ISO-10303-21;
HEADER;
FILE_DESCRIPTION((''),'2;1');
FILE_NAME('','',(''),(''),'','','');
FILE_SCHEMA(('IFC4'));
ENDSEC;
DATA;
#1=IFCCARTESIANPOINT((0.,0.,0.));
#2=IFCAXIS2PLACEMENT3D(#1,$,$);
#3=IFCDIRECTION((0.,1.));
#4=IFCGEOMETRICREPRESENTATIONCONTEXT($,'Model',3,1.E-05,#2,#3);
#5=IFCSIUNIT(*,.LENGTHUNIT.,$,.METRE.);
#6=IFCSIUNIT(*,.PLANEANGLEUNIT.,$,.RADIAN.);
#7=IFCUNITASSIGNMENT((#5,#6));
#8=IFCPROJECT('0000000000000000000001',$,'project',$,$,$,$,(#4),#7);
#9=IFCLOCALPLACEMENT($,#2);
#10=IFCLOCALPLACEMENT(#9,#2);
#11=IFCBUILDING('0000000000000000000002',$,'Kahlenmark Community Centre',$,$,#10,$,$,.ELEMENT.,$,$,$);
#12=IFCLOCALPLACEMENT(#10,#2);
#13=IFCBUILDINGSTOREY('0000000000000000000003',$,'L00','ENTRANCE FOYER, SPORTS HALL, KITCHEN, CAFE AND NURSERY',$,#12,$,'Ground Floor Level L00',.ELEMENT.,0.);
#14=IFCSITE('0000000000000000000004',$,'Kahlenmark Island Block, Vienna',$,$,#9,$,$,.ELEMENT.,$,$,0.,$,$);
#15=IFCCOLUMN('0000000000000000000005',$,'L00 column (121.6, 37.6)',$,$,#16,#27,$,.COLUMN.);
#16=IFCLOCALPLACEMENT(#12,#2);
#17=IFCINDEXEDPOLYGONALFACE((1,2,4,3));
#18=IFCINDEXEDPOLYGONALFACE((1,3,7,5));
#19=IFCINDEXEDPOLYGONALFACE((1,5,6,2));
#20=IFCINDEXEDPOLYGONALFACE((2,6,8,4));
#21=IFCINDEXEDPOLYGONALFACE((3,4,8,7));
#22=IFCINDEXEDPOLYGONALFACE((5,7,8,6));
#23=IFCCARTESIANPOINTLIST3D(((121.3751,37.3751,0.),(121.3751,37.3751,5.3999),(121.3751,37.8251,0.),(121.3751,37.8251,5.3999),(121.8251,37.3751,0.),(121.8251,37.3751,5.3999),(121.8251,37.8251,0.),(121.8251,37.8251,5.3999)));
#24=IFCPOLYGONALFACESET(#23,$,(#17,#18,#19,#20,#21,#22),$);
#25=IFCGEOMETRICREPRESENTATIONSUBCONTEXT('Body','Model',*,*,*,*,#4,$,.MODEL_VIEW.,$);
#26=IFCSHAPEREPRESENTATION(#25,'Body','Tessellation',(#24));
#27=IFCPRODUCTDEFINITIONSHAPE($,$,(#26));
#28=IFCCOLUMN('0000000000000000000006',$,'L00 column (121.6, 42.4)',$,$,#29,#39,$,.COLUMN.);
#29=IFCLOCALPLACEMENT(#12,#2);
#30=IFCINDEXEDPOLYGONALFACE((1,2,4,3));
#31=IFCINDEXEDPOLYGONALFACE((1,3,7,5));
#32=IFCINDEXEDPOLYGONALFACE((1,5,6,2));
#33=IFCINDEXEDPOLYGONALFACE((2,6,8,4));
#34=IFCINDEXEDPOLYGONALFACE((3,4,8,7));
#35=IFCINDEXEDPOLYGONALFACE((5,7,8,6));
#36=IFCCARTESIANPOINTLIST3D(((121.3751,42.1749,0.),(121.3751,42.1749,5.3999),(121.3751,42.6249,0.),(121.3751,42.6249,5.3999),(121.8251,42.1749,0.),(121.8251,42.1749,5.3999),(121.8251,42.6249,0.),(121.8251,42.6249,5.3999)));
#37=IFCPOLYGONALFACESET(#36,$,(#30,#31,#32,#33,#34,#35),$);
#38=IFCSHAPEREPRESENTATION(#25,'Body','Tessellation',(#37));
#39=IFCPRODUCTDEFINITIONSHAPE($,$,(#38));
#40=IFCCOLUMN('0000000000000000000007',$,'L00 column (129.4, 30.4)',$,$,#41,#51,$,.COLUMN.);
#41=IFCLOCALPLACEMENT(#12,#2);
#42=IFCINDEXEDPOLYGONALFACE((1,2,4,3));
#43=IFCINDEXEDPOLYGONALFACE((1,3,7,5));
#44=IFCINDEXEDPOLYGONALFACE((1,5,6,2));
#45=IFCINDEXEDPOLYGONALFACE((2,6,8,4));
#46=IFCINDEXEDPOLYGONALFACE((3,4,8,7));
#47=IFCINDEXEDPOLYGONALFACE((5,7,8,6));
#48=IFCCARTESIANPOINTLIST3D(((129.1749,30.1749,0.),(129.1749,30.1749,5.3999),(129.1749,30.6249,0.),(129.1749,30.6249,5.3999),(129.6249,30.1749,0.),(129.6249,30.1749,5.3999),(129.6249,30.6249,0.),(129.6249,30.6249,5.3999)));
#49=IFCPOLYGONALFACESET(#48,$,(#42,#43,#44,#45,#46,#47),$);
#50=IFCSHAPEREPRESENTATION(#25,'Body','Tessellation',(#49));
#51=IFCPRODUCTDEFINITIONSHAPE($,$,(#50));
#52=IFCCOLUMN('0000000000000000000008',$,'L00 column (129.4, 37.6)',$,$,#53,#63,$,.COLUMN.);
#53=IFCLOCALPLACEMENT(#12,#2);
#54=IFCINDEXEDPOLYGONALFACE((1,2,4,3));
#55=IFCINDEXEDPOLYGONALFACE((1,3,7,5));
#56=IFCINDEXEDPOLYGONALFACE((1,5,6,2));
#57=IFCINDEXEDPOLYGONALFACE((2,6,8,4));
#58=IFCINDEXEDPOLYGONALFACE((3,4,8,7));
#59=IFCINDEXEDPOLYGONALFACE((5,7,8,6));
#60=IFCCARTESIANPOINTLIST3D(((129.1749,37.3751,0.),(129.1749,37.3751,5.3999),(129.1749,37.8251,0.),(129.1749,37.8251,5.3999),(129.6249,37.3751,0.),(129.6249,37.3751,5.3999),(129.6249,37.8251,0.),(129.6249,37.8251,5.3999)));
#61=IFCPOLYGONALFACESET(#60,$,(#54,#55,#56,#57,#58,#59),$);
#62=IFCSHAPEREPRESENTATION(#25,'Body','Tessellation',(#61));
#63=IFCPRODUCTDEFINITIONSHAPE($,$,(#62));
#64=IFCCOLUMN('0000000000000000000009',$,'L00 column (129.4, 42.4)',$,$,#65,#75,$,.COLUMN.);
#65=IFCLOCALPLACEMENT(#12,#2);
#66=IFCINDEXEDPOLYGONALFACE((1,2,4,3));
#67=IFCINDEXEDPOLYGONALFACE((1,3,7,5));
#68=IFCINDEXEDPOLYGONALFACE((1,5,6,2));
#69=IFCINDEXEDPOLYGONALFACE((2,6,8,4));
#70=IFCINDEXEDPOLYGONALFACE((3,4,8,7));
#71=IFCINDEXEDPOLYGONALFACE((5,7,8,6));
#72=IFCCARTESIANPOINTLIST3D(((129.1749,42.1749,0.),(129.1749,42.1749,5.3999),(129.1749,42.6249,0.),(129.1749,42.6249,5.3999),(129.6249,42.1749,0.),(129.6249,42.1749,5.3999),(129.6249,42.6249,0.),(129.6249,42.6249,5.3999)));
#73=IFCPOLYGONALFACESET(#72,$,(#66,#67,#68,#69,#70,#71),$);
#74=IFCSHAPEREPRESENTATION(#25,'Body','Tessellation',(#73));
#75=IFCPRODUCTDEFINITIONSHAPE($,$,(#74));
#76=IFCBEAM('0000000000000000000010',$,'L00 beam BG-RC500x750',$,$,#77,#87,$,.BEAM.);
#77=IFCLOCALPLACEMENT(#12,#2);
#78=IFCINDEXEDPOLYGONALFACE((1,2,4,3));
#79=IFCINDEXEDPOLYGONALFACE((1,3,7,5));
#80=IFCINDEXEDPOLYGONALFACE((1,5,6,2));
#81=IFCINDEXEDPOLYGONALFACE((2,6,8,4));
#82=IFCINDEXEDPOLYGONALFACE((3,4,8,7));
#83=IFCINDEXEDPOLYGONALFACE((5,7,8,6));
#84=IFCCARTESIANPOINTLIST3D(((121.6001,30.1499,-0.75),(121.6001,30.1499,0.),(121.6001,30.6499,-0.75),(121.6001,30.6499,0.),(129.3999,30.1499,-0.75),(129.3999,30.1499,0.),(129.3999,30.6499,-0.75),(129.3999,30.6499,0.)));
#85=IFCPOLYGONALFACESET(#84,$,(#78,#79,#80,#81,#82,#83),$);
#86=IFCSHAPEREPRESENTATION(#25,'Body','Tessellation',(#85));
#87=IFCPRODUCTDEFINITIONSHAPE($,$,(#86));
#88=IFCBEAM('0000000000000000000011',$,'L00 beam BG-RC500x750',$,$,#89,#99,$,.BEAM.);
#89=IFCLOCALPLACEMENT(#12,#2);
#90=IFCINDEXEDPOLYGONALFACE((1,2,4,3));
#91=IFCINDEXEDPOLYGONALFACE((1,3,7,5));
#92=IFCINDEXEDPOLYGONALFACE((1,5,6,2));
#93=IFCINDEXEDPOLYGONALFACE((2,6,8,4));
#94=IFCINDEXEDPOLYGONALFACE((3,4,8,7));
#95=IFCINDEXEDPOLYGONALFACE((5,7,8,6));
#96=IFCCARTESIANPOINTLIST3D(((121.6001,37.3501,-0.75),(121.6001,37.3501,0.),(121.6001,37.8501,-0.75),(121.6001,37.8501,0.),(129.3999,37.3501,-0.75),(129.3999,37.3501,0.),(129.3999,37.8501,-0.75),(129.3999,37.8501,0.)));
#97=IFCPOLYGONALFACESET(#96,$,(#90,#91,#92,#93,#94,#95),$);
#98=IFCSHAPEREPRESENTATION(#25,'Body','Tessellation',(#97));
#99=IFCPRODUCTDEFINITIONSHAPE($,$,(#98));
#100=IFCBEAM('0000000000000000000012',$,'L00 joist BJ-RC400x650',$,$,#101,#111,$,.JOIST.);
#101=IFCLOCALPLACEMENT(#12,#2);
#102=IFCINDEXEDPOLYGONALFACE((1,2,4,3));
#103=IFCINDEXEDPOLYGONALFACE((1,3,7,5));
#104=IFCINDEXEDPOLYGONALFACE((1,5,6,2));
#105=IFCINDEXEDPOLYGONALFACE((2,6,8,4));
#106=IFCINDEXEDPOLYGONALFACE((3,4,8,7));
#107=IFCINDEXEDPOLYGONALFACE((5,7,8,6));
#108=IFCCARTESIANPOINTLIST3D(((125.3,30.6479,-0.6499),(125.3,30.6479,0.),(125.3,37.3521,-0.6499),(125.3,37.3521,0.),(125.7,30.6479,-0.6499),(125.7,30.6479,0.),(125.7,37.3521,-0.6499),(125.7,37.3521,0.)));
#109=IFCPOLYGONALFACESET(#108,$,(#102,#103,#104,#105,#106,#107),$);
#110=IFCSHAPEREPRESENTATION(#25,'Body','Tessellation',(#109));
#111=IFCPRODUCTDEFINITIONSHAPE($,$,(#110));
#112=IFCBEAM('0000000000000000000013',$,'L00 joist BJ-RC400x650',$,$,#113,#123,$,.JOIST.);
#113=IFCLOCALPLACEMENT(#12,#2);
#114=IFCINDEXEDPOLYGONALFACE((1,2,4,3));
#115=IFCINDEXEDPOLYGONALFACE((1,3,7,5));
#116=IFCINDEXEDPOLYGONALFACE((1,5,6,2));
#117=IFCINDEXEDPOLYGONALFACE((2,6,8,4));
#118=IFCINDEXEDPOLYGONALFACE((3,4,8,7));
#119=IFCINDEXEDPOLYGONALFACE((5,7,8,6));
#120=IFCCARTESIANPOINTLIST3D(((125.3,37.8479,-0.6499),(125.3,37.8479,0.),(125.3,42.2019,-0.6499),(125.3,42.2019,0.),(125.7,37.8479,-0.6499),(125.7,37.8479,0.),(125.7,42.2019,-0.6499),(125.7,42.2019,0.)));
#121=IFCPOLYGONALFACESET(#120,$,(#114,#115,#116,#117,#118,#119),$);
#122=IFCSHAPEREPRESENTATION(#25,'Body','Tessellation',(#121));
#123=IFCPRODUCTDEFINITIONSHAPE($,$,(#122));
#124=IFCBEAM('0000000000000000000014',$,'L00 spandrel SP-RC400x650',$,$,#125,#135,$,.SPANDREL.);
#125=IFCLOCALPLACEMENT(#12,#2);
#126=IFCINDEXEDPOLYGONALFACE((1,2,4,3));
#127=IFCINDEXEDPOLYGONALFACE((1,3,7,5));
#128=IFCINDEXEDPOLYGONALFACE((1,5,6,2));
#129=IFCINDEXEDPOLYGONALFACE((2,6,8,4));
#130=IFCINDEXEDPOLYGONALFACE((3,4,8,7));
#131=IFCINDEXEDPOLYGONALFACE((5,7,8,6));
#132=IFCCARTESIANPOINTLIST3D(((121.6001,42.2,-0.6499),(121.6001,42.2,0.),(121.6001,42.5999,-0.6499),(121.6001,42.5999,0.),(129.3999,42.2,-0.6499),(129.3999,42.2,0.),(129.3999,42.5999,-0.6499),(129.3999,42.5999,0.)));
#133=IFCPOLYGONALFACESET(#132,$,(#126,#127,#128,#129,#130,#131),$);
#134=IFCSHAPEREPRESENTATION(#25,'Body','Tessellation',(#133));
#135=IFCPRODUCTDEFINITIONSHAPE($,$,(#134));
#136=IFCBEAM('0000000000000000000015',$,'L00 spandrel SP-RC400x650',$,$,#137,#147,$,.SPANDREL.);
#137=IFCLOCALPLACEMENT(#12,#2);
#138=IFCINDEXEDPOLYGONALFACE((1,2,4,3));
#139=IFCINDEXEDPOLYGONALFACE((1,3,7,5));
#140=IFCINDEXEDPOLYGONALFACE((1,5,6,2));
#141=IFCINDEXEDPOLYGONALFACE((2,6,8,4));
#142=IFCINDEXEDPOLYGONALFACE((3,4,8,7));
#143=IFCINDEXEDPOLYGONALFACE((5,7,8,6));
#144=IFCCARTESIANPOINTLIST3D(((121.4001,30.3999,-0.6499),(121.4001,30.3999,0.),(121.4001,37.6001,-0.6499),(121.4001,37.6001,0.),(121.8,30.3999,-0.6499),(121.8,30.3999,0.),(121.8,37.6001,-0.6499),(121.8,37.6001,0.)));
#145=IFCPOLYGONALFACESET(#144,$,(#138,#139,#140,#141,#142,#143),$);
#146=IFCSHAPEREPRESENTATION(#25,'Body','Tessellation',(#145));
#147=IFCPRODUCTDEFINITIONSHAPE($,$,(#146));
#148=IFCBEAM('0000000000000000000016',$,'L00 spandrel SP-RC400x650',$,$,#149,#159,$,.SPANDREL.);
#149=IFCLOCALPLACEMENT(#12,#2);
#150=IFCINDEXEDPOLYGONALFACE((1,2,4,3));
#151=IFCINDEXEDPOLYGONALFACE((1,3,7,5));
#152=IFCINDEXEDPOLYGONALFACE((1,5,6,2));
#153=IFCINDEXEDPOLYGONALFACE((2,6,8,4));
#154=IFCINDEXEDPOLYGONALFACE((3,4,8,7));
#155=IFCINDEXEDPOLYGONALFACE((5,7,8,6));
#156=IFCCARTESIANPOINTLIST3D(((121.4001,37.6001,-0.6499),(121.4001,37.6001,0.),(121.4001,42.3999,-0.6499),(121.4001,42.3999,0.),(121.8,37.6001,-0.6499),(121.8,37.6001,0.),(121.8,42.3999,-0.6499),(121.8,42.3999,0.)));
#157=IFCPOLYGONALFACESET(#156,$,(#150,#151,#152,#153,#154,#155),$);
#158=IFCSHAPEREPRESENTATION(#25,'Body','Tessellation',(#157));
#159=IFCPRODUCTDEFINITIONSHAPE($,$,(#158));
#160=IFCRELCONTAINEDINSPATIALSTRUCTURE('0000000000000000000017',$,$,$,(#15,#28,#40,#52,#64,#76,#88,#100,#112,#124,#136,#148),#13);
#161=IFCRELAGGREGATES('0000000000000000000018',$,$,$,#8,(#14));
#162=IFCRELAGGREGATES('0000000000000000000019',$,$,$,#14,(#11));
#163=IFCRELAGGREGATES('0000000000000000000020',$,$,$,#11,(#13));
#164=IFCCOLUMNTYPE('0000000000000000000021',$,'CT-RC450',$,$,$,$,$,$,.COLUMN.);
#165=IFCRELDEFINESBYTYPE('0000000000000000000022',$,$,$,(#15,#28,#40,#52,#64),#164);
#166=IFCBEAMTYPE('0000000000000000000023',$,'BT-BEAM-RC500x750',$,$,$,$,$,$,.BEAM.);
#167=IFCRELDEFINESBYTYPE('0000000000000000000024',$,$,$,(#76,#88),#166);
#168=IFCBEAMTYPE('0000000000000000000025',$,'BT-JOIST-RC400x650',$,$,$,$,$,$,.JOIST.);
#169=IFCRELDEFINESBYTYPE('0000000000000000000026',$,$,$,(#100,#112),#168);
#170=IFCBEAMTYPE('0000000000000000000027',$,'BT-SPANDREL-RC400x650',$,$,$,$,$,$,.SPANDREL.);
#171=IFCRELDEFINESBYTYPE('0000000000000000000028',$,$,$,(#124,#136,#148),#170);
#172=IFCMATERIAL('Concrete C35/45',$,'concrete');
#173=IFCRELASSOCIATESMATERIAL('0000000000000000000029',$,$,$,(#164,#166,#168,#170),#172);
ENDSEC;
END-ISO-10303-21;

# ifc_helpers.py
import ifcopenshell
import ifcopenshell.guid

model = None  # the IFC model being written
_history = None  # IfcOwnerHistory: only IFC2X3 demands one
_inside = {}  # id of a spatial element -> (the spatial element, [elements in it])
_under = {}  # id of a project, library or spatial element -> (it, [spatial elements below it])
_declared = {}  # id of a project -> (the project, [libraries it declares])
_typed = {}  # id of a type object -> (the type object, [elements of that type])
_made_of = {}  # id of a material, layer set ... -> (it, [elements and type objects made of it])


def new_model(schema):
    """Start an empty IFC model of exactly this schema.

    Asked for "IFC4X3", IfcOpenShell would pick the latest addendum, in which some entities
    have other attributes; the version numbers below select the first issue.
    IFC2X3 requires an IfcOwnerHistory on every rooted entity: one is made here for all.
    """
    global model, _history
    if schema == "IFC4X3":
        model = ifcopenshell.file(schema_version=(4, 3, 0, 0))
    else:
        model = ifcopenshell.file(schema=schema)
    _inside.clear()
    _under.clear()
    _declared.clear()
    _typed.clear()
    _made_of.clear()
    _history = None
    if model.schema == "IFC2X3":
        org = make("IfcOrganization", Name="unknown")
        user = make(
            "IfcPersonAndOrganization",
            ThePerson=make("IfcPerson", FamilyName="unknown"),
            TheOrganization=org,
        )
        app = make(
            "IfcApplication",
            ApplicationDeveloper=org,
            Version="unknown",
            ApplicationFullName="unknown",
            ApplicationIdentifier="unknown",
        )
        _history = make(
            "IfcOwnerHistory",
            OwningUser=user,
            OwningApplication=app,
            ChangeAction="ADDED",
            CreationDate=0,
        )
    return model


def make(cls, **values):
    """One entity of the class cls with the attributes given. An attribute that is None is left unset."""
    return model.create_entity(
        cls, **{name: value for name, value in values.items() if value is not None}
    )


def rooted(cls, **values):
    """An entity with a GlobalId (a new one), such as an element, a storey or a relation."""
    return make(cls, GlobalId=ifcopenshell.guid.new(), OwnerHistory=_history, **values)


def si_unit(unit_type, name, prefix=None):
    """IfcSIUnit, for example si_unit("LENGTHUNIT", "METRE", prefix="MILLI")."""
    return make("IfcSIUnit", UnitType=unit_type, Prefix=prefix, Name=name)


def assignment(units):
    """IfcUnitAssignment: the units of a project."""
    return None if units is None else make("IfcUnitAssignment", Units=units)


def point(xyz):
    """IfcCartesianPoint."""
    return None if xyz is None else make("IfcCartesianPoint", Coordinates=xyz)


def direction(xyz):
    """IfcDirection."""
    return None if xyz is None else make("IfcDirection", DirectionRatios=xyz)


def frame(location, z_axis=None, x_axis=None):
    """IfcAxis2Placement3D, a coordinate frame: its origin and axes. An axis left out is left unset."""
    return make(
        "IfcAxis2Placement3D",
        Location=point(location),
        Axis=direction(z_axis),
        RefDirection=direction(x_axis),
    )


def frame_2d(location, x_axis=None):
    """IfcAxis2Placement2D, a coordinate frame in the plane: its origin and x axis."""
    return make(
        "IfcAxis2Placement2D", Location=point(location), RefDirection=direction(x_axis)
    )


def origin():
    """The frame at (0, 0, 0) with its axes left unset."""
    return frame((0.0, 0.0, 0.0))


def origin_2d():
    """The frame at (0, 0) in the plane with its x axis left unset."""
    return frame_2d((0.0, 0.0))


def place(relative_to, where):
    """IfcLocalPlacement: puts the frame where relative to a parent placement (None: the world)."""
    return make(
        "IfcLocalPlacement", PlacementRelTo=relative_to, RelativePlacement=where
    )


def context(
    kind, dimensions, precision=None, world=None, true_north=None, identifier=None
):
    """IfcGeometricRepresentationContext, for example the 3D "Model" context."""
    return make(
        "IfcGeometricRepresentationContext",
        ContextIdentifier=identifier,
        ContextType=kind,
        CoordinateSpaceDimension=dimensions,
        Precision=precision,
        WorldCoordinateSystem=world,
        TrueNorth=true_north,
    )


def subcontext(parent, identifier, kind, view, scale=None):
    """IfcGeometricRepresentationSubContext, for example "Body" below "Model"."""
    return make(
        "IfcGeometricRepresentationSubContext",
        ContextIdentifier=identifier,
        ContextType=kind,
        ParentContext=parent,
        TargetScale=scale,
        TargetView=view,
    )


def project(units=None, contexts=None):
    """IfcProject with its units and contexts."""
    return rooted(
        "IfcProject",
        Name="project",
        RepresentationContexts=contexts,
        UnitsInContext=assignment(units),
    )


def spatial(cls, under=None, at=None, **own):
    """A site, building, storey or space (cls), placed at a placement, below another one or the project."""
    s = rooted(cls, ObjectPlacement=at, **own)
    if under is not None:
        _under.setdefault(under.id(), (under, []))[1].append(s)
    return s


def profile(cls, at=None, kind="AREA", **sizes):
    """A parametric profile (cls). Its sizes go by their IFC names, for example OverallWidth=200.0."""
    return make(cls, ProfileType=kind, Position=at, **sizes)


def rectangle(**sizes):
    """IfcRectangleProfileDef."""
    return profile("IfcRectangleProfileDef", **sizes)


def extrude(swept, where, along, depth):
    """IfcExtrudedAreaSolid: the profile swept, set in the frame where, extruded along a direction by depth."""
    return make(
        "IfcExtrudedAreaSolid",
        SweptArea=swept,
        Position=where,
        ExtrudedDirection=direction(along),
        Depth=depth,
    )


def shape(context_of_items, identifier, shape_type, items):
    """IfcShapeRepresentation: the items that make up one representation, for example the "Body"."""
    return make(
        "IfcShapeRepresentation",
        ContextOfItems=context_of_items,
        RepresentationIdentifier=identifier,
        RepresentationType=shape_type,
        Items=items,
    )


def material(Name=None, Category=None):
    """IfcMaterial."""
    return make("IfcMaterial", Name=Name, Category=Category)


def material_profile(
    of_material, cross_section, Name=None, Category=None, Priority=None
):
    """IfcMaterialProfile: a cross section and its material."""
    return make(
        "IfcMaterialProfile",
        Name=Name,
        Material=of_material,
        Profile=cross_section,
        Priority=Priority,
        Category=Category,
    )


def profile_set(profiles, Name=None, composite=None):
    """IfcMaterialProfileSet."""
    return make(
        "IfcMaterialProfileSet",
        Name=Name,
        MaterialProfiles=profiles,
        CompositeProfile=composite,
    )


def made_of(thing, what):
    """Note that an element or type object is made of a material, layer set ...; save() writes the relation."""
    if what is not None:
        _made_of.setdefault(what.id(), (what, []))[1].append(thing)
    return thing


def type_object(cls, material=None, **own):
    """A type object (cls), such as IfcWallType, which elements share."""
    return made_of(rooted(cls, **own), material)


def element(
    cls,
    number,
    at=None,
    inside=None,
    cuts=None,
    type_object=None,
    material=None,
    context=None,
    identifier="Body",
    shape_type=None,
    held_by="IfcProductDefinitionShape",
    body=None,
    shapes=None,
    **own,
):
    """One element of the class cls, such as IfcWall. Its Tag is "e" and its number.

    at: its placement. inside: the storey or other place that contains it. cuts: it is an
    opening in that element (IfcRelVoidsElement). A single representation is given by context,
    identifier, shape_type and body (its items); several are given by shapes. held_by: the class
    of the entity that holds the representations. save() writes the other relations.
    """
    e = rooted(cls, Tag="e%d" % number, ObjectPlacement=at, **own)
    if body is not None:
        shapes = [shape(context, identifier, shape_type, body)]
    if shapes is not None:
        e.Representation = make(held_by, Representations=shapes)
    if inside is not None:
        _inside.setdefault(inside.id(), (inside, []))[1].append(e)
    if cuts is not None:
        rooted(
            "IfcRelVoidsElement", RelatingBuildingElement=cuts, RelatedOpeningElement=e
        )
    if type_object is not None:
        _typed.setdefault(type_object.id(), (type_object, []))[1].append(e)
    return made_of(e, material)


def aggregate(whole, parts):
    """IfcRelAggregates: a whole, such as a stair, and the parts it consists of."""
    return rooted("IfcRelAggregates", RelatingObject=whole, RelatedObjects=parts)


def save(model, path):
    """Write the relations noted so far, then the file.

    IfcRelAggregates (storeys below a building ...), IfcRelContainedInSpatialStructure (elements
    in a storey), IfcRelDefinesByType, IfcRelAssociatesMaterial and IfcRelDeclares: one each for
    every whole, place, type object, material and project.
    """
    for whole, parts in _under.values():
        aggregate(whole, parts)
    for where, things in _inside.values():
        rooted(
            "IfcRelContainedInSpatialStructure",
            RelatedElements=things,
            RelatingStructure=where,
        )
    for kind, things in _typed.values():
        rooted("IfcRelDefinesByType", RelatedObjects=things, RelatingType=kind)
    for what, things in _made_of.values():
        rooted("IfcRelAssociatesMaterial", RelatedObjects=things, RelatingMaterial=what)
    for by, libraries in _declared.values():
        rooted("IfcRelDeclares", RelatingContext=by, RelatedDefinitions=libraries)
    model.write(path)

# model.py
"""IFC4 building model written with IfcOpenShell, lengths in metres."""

from ifc_helpers import new_model, si_unit, direction, frame, origin, origin_2d, place, context, subcontext, project, spatial, rectangle, extrude, material, material_profile, profile_set, type_object, element, save


model = new_model("IFC4")

# Units and contexts
model_context = context("Model", 3, precision=1e-05, world=origin(), true_north=direction((0.0, 1.0)))
body_context = subcontext(model_context, "Body", "Model", "MODEL_VIEW")
ifc_project = project(units=[si_unit("LENGTHUNIT", "METRE"), si_unit("PLANEANGLEUNIT", "RADIAN")], contexts=[model_context])

# Site, building, storey
site_placement = place(None, origin())
site = spatial("IfcSite", under=ifc_project, at=site_placement, Name="Kahlenmark Island Block, Vienna", CompositionType="ELEMENT", RefElevation=0.0)
building_placement = place(site_placement, origin())
building = spatial("IfcBuilding", under=site, at=building_placement, Name="Kahlenmark Community Centre", CompositionType="ELEMENT")
storey_placement = place(building_placement, origin())
storey = spatial("IfcBuildingStorey", under=building, at=storey_placement, Name="L00", Description="ENTRANCE FOYER, SPORTS HALL, KITCHEN, CAFE AND NURSERY", LongName="Ground Floor Level L00", CompositionType="ELEMENT", Elevation=0.0)

# Columns
ifc_material_1 = material(Name="Concrete C35/45", Category="concrete")
ifc_material_profile_1 = material_profile(ifc_material_1, rectangle(XDim=0.45, YDim=0.45, at=origin_2d()), Name="RC 450x450")
ifc_profile_set_1 = profile_set([ifc_material_profile_1], Name="Concrete C35/45")
column_type = type_object("IfcColumnType", Name="CT-RC450", PredefinedType="COLUMN", material=ifc_profile_set_1)
for number, where, z_axis, x_axis, name in (
    (1, (121.6001, 37.6001, 0.0), (0.0, 0.0, 1.0), (1.0, 0.0, 0.0), "L00 column (121.6, 37.6)"),
    (2, (121.6001, 42.3999, 0.0), (0.0, 0.0, 1.0), (1.0, 0.0, 0.0), "L00 column (121.6, 42.4)"),
    (3, (129.3999, 30.3999, 0.0), (0.0, 0.0, 1.0), (1.0, 0.0, 0.0), "L00 column (129.4, 30.4)"),
    (4, (129.3999, 37.6001, 0.0), (0.0, 0.0, 1.0), (1.0, 0.0, 0.0), "L00 column (129.4, 37.6)"),
    (5, (129.3999, 42.3999, 0.0), (0.0, 0.0, 1.0), (1.0, 0.0, 0.0), "L00 column (129.4, 42.4)"),
):
    element("IfcColumn", number, at=place(storey_placement, frame(where, z_axis=z_axis, x_axis=x_axis)), inside=storey, type_object=column_type, Name=name, PredefinedType="COLUMN", context=body_context, shape_type="SweptSolid", body=[
        extrude(rectangle(XDim=0.45, YDim=0.45, at=origin_2d()), origin(), (0.0, 0.0, 1.0), 5.3999),
    ])

# Beams
ifc_material_profile_2 = material_profile(ifc_material_1, rectangle(XDim=0.5, YDim=0.75, at=origin_2d()), Name="RC 500x750")
ifc_profile_set_2 = profile_set([ifc_material_profile_2], Name="Concrete C35/45")
beam_type_1 = type_object("IfcBeamType", Name="BT-BEAM-RC500x750", PredefinedType="BEAM", material=ifc_profile_set_2)
for number, where, z_axis, x_axis, name in (
    (6, (121.6001, 30.3999, -0.375), (1.0, 0.0, 0.0), (0.0, 1.0, 0.0), "L00 beam BG-RC500x750"),
    (7, (121.6001, 37.6001, -0.375), (1.0, 0.0, 0.0), (0.0, 1.0, 0.0), "L00 beam BG-RC500x750"),
):
    element("IfcBeam", number, at=place(storey_placement, frame(where, z_axis=z_axis, x_axis=x_axis)), inside=storey, type_object=beam_type_1, Name=name, PredefinedType="BEAM", context=body_context, shape_type="SweptSolid", body=[
        extrude(rectangle(XDim=0.5, YDim=0.75, at=origin_2d()), origin(), (0.0, 0.0, 1.0), 7.7998),
    ])
ifc_material_profile_3 = material_profile(ifc_material_1, rectangle(XDim=0.3999, YDim=0.6499, at=origin_2d()), Name="RC 400x650")
ifc_profile_set_3 = profile_set([ifc_material_profile_3], Name="Concrete C35/45")
beam_type_2 = type_object("IfcBeamType", Name="BT-JOIST-RC400x650", PredefinedType="JOIST", material=ifc_profile_set_3)
beam_1_placement = place(storey_placement, frame((125.5, 30.6479, -0.325), z_axis=(0.0, 1.0, 0.0), x_axis=(-1.0, 0.0, 0.0)))
element("IfcBeam", 8, at=beam_1_placement, inside=storey, type_object=beam_type_2, Name="L00 joist BJ-RC400x650", PredefinedType="JOIST", context=body_context, shape_type="SweptSolid", body=[
    extrude(rectangle(XDim=0.3999, YDim=0.6499, at=origin_2d()), origin(), (0.0, 0.0, 1.0), 6.7041),
])
beam_2_placement = place(storey_placement, frame((125.5, 37.8479, -0.325), z_axis=(0.0, 1.0, 0.0), x_axis=(-1.0, 0.0, 0.0)))
element("IfcBeam", 9, at=beam_2_placement, inside=storey, type_object=beam_type_2, Name="L00 joist BJ-RC400x650", PredefinedType="JOIST", context=body_context, shape_type="SweptSolid", body=[
    extrude(rectangle(XDim=0.3999, YDim=0.6499, at=origin_2d()), origin(), (0.0, 0.0, 1.0), 4.354),
])
ifc_material_profile_4 = material_profile(ifc_material_1, rectangle(XDim=0.3999, YDim=0.6499, at=origin_2d()), Name="RC 400x650")
ifc_profile_set_4 = profile_set([ifc_material_profile_4], Name="Concrete C35/45")
beam_type_3 = type_object("IfcBeamType", Name="BT-SPANDREL-RC400x650", PredefinedType="SPANDREL", material=ifc_profile_set_4)
beam_3_placement = place(storey_placement, frame((121.6001, 42.3999, -0.325), z_axis=(1.0, 0.0, 0.0), x_axis=(0.0, 1.0, 0.0)))
element("IfcBeam", 10, at=beam_3_placement, inside=storey, type_object=beam_type_3, Name="L00 spandrel SP-RC400x650", PredefinedType="SPANDREL", context=body_context, shape_type="SweptSolid", body=[
    extrude(rectangle(XDim=0.3999, YDim=0.6499, at=origin_2d()), origin(), (0.0, 0.0, 1.0), 7.7998),
])
beam_4_placement = place(storey_placement, frame((121.6001, 30.3999, -0.325), z_axis=(0.0, 1.0, 0.0), x_axis=(-1.0, 0.0, 0.0)))
element("IfcBeam", 11, at=beam_4_placement, inside=storey, type_object=beam_type_3, Name="L00 spandrel SP-RC400x650", PredefinedType="SPANDREL", context=body_context, shape_type="SweptSolid", body=[
    extrude(rectangle(XDim=0.3999, YDim=0.6499, at=origin_2d()), origin(), (0.0, 0.0, 1.0), 7.2002),
])
beam_5_placement = place(storey_placement, frame((121.6001, 37.6001, -0.325), z_axis=(0.0, 1.0, 0.0), x_axis=(-1.0, 0.0, 0.0)))
element("IfcBeam", 12, at=beam_5_placement, inside=storey, type_object=beam_type_3, Name="L00 spandrel SP-RC400x650", PredefinedType="SPANDREL", context=body_context, shape_type="SweptSolid", body=[
    extrude(rectangle(XDim=0.3999, YDim=0.6499, at=origin_2d()), origin(), (0.0, 0.0, 1.0), 4.7998),
])

save(model, "model.ifc")
